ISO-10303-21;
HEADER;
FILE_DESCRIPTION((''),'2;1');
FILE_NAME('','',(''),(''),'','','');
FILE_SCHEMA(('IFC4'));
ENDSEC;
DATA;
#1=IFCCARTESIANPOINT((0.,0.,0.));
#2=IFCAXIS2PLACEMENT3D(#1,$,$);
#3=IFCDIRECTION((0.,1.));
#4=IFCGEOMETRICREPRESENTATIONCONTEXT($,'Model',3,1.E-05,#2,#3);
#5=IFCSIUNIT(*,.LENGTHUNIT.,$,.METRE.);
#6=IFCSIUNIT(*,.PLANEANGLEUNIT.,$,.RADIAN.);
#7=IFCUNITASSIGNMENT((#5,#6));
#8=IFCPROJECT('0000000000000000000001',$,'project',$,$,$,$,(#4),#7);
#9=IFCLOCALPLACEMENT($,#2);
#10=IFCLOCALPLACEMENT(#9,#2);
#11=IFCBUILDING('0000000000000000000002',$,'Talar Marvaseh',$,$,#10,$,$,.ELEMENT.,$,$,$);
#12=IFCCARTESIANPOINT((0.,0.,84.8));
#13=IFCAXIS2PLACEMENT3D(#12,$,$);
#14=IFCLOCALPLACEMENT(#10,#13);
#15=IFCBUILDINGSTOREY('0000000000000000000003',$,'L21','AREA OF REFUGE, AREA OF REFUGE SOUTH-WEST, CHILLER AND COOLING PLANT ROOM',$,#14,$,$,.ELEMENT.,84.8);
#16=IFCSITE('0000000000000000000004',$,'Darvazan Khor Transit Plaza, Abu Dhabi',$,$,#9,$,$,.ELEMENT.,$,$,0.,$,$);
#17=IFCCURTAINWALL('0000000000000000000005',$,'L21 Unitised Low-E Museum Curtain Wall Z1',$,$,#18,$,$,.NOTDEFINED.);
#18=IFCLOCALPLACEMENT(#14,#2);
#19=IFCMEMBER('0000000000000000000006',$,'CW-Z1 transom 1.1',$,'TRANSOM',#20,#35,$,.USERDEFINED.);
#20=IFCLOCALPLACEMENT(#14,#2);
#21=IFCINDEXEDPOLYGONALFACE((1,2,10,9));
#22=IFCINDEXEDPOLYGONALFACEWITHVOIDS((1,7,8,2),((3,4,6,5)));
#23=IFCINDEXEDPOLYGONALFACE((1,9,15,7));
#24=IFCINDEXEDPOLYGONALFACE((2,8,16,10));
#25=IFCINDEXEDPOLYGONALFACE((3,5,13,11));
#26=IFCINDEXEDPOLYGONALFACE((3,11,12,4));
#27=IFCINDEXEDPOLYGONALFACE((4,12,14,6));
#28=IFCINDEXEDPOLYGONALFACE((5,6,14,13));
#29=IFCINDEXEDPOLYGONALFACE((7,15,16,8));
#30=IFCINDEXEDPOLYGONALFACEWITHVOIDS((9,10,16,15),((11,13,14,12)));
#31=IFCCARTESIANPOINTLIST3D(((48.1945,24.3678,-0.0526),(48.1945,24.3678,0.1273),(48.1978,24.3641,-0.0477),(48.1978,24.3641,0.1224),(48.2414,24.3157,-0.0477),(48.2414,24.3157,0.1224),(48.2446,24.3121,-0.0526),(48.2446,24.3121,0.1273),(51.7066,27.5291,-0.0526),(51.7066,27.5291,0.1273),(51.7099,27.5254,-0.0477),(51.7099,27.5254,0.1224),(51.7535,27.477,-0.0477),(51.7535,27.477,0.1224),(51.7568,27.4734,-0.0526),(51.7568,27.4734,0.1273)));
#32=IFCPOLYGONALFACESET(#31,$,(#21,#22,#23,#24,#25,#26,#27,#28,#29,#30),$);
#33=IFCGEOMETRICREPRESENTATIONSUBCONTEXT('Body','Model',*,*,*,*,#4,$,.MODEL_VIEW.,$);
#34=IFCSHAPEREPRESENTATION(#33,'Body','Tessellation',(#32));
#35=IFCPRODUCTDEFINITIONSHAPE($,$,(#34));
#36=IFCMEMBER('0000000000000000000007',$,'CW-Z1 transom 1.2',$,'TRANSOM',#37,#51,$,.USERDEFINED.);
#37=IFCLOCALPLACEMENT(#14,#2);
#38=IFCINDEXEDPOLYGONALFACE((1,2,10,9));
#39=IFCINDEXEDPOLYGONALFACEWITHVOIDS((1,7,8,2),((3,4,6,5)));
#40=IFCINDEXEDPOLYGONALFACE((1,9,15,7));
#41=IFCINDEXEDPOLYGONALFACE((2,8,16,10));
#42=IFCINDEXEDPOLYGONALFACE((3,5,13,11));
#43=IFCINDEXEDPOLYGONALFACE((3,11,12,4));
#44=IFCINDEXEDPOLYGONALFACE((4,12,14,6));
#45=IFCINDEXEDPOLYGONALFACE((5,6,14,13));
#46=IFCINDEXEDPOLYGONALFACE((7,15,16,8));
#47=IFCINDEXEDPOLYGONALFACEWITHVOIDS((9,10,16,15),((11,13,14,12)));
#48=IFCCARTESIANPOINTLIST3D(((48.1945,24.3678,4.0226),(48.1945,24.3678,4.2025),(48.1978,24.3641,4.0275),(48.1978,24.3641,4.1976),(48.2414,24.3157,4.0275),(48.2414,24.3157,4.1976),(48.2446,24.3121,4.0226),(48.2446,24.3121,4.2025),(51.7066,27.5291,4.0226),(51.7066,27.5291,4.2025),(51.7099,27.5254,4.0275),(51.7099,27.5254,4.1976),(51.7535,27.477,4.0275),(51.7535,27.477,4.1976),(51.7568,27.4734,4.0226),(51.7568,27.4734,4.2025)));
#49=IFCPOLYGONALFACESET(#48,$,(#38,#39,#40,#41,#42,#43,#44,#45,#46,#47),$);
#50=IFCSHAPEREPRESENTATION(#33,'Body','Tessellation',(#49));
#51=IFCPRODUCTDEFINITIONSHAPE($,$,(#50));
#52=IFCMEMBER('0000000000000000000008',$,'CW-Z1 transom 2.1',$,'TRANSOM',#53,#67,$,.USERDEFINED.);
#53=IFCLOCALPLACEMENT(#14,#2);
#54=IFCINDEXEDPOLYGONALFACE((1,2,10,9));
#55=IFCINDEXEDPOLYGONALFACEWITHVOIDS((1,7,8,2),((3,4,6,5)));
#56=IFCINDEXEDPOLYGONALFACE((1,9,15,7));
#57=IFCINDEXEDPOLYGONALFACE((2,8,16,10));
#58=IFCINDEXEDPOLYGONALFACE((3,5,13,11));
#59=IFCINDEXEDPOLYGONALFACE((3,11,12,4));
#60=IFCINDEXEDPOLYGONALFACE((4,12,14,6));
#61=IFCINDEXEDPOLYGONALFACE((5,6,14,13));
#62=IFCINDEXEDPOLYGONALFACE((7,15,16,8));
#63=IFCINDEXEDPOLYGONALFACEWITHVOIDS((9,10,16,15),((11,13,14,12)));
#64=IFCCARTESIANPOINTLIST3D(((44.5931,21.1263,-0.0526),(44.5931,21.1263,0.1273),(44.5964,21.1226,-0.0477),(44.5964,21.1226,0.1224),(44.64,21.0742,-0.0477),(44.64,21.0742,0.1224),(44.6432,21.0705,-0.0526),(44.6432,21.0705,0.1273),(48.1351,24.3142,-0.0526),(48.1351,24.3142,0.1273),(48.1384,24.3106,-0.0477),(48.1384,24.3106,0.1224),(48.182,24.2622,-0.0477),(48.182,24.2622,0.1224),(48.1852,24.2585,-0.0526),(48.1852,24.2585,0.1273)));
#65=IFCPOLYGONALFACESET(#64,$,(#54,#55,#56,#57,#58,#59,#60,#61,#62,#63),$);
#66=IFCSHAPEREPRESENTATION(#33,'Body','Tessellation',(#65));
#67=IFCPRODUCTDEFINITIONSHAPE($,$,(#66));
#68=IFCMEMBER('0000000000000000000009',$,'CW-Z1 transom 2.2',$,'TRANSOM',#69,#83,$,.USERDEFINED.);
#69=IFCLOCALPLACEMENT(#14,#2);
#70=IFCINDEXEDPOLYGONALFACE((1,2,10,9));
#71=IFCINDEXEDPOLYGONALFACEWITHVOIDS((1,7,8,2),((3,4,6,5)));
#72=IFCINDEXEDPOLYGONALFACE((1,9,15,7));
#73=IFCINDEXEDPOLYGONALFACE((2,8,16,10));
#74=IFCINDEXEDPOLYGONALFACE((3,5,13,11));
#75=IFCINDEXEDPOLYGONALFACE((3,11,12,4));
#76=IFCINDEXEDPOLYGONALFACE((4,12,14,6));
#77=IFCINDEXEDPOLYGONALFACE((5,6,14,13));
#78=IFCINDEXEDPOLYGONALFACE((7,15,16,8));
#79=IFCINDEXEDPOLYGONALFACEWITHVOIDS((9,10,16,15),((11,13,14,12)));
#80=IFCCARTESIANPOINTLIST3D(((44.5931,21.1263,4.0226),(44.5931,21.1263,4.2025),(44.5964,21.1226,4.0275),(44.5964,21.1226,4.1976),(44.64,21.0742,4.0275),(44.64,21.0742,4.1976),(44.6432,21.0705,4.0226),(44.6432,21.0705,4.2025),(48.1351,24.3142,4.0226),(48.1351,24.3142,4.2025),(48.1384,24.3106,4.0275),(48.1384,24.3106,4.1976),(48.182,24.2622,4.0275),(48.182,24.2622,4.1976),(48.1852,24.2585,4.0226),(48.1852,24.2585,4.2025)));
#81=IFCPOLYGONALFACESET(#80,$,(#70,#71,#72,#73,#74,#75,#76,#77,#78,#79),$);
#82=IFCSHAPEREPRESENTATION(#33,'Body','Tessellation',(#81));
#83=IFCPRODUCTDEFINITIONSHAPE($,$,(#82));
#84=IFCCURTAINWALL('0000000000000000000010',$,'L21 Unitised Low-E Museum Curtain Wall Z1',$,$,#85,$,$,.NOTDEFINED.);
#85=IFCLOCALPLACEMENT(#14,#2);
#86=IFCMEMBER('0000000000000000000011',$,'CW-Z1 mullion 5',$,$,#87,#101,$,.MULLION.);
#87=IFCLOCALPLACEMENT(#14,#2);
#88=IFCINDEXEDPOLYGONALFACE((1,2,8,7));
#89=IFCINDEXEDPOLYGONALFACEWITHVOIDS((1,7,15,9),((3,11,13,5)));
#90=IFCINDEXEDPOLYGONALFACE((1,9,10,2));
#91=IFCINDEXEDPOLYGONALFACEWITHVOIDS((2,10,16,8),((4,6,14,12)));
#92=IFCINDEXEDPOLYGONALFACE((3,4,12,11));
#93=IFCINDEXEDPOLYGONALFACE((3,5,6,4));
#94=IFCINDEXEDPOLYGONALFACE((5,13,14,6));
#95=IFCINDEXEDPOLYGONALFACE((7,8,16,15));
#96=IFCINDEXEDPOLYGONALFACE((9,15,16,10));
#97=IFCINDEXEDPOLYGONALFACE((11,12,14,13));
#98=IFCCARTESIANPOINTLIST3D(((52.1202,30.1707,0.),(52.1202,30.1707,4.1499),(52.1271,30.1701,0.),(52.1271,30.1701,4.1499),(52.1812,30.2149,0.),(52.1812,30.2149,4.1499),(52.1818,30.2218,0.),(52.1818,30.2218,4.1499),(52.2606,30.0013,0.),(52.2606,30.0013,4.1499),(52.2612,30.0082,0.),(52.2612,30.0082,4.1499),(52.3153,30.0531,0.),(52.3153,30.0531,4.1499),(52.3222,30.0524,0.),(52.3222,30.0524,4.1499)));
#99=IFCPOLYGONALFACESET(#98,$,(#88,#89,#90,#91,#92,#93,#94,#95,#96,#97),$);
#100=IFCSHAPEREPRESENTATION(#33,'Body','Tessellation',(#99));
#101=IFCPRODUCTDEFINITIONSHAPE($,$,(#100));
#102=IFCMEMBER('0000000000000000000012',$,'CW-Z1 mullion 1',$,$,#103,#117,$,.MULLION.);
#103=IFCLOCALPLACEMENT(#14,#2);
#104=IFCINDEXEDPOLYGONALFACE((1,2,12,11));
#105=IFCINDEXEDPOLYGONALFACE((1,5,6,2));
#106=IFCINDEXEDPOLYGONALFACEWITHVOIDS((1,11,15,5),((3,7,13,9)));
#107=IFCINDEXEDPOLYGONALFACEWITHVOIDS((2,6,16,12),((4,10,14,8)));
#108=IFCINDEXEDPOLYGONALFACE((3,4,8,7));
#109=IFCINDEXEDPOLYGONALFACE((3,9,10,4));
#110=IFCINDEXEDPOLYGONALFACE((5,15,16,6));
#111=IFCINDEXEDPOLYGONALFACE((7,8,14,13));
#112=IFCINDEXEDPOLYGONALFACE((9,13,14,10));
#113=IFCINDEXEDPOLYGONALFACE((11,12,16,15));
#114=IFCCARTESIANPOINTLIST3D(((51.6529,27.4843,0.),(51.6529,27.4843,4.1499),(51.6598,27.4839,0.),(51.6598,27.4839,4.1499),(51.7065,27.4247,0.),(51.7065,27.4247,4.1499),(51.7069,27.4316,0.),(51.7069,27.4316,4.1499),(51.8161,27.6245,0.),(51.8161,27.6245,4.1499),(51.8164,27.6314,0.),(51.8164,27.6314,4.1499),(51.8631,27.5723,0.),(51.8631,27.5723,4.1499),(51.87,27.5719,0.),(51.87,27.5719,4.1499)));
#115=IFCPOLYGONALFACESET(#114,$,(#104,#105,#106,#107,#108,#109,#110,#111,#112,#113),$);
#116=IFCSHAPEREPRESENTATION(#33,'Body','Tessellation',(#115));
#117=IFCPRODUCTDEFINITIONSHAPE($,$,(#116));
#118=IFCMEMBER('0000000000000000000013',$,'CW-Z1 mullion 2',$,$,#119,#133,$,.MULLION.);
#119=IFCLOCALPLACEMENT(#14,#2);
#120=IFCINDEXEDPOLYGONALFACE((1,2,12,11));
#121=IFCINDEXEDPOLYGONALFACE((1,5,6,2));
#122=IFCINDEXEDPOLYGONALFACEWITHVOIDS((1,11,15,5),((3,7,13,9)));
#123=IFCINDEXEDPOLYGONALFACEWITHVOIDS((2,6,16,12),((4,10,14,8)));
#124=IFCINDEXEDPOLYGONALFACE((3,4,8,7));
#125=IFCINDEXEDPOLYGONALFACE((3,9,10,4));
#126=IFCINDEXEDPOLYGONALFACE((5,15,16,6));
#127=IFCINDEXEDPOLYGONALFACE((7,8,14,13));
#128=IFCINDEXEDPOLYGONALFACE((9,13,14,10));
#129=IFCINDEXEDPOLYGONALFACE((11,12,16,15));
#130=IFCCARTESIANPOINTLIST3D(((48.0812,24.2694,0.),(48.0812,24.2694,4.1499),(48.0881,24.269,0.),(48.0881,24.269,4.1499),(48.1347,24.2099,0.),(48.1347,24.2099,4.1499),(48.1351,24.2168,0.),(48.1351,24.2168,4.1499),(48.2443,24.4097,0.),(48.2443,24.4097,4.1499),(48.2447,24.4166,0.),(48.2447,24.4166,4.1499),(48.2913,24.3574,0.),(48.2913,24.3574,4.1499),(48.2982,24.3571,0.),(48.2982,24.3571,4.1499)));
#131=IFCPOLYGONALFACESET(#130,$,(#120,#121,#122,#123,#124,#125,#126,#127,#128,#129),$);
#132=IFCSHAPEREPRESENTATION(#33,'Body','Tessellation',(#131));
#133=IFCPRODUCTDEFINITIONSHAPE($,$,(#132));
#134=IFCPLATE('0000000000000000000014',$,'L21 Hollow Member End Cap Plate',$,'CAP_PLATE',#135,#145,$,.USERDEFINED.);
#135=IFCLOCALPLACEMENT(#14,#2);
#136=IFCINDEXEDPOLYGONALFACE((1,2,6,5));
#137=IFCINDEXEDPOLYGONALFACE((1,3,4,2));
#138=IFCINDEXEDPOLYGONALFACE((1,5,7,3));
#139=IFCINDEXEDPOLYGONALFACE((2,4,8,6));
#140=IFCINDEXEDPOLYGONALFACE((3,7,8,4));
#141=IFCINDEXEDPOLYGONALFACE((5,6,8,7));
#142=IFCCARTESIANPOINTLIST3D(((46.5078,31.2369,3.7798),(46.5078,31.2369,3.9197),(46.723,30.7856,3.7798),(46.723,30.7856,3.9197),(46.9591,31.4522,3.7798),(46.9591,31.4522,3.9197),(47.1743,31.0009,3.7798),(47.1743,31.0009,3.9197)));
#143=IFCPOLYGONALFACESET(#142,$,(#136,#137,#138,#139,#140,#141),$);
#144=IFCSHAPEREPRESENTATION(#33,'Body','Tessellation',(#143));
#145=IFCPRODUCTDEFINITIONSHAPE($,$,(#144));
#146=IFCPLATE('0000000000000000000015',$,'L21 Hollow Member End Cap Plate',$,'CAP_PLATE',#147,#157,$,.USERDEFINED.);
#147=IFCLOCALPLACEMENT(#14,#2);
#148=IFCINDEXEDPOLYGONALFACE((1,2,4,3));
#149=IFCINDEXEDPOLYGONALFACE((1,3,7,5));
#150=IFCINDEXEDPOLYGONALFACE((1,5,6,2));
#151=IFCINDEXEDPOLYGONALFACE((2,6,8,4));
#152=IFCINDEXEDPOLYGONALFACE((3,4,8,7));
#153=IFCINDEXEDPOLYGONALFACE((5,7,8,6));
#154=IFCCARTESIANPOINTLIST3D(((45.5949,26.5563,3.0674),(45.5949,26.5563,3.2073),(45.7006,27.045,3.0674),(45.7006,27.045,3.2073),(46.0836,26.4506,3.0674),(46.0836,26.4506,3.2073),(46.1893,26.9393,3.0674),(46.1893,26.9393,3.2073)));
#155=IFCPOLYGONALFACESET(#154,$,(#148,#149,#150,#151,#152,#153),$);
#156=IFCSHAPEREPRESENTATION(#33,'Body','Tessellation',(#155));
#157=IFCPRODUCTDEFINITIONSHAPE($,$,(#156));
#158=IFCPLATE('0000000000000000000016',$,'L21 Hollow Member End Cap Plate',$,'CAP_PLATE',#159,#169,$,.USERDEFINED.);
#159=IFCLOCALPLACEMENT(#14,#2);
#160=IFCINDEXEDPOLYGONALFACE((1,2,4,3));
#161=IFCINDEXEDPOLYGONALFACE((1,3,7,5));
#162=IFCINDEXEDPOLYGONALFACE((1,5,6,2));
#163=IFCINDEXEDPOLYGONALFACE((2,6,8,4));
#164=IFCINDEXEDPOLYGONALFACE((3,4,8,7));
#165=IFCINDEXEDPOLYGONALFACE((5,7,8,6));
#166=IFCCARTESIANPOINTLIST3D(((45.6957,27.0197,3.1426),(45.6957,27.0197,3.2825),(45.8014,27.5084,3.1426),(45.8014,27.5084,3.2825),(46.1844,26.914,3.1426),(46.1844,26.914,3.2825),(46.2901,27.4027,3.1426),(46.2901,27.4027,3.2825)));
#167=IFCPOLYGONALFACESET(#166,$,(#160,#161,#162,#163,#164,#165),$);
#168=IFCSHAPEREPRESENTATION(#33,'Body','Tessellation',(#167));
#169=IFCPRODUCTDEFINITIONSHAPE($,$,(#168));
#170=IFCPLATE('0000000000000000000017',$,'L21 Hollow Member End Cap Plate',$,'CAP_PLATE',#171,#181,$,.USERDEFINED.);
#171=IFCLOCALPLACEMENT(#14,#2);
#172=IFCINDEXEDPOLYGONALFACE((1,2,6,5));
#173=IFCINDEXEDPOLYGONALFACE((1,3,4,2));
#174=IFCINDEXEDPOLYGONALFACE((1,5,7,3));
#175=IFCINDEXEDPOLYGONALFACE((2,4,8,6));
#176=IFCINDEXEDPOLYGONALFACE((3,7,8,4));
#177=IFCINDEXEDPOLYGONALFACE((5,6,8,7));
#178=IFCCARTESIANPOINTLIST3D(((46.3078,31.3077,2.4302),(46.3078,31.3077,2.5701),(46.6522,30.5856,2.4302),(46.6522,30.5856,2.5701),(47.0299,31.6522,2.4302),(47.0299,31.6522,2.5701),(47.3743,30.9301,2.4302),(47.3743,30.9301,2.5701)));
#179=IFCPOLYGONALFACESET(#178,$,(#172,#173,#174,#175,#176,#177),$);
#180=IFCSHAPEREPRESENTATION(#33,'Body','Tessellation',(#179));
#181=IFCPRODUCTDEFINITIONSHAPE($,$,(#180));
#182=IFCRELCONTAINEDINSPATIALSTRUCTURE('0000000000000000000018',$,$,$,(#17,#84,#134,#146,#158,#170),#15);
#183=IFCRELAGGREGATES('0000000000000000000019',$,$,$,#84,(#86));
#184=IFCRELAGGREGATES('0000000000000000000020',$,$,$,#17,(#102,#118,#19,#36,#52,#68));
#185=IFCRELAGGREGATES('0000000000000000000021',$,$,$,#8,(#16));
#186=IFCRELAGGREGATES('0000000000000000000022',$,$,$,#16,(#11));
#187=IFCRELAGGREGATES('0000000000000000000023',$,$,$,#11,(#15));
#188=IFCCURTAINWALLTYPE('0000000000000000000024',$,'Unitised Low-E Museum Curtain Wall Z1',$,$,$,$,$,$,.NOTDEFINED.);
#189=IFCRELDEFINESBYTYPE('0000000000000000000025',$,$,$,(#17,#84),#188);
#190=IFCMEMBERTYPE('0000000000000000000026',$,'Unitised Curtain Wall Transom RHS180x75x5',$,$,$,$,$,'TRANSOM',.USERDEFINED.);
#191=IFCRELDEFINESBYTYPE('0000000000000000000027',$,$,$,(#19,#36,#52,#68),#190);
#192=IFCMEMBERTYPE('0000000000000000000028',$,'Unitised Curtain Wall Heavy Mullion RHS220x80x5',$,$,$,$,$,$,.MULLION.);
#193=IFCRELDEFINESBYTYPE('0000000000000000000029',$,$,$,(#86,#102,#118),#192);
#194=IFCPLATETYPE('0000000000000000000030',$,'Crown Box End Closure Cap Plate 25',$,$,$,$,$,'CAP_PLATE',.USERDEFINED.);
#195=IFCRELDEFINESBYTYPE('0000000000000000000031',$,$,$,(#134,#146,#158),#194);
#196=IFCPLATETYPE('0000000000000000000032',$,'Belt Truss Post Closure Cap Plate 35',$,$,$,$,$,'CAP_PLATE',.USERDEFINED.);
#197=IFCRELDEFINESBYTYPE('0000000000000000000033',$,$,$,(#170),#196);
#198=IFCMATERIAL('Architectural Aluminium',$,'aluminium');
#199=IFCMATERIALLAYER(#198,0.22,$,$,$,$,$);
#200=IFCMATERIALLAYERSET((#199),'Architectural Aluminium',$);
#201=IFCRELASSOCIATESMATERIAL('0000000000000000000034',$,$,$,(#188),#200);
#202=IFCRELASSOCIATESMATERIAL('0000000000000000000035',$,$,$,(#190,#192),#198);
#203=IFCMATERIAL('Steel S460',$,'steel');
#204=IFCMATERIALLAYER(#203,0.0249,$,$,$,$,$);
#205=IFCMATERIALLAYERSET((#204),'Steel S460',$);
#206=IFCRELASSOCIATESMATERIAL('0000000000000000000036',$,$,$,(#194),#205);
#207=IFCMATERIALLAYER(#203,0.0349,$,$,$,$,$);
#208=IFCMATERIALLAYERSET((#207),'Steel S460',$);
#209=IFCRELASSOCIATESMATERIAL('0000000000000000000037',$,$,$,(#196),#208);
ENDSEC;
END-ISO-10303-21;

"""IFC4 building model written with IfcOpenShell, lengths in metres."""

from ifc_helpers import new_model, si_unit, direction, frame, origin, origin_2d, place, context, subcontext, project, spatial, rectangle, hollow_rectangle, extrude, source, transform, mapped, material, layer, layer_set, material_profile, profile_set, type_object, type_shapes, element, aggregate, save


model = new_model("IFC4")

# Units and contexts
model_context = context("Model", 3, precision=1e-05, world=origin(), true_north=direction((0.0, 1.0)))
body_context = subcontext(model_context, "Body", "Model", "MODEL_VIEW")
ifc_project = project(units=[si_unit("LENGTHUNIT", "METRE"), si_unit("PLANEANGLEUNIT", "RADIAN")], contexts=[model_context])

# Site, building, storey
site_placement = place(None, origin())
site = spatial("IfcSite", under=ifc_project, at=site_placement, Name="Darvazan Khor Transit Plaza, Abu Dhabi", CompositionType="ELEMENT", RefElevation=0.0)
building_placement = place(site_placement, origin())
building = spatial("IfcBuilding", under=site, at=building_placement, Name="Talar Marvaseh", CompositionType="ELEMENT")
storey_placement = place(building_placement, frame((0.0, 0.0, 84.8)))
storey = spatial("IfcBuildingStorey", under=building, at=storey_placement, Name="L21", Description="AREA OF REFUGE, AREA OF REFUGE SOUTH-WEST, CHILLER AND COOLING PLANT ROOM", CompositionType="ELEMENT", Elevation=84.8)

# Shared definitions
ifc_material_1 = material(Name="Steel S460", Category="steel")

# Curtain wall, members
ifc_material_2 = material(Name="Architectural Aluminium", Category="aluminium")
ifc_layer_1 = layer(ifc_material_2, 0.22)
ifc_layer_set_1 = layer_set([ifc_layer_1], Name="Architectural Aluminium")
curtain_wall_type = type_object("IfcCurtainWallType", Name="Unitised Low-E Museum Curtain Wall Z1", PredefinedType="NOTDEFINED", material=ifc_layer_set_1)
curtain_wall_1_placement = place(storey_placement, origin())
curtain_wall_1 = element("IfcCurtainWall", 1, at=curtain_wall_1_placement, inside=storey, type_object=curtain_wall_type, Name="L21 Unitised Low-E Museum Curtain Wall Z1", PredefinedType="NOTDEFINED")
ifc_material_profile_1 = material_profile(ifc_material_2, hollow_rectangle(XDim=0.075, YDim=0.1799, WallThickness=0.0049, at=origin_2d()), Name="RHS180x75x5")
ifc_profile_set_1 = profile_set([ifc_material_profile_1], Name="Architectural Aluminium")
member_type_1 = type_object("IfcMemberType", Name="Unitised Curtain Wall Transom RHS180x75x5", ElementType="TRANSOM", PredefinedType="USERDEFINED", material=ifc_profile_set_1)
shared_shape_1 = source(origin(), body_context, "Body", "SweptSolid", [
    extrude(hollow_rectangle(XDim=0.075, YDim=0.1799, WallThickness=0.0049, at=origin_2d()), origin(), (0.0, 0.0, 1.0), 4.7253),
])
member_1_placement = place(storey_placement, frame((51.7317, 27.5012, 0.0374), z_axis=(-0.743253, -0.66901, 0.0), x_axis=(0.66901, -0.743253, 0.0)))
member_1 = element("IfcMember", 2, at=member_1_placement, type_object=member_type_1, Name="CW-Z1 transom 1.1", ObjectType="TRANSOM", PredefinedType="USERDEFINED", context=body_context, shape_type="MappedRepresentation", body=[
    mapped(shared_shape_1, transform((0.0, 0.0, 0.0), x_axis=(1.0, 0.0, 0.0), y_axis=(0.0, 1.0, 0.0), z_axis=(0.0, 0.0, 1.0), scale=1.0)),
])
member_2_placement = place(storey_placement, frame((51.7317, 27.5012, 4.1125), z_axis=(-0.743253, -0.66901, 0.0), x_axis=(0.66901, -0.743253, 0.0)))
member_2 = element("IfcMember", 3, at=member_2_placement, type_object=member_type_1, Name="CW-Z1 transom 1.2", ObjectType="TRANSOM", PredefinedType="USERDEFINED", context=body_context, shape_type="MappedRepresentation", body=[
    mapped(shared_shape_1, transform((0.0, 0.0, 0.0), x_axis=(1.0, 0.0, 0.0), y_axis=(0.0, 1.0, 0.0), z_axis=(0.0, 0.0, 1.0), scale=1.0)),
])
shared_shape_2 = source(origin(), body_context, "Body", "SweptSolid", [
    extrude(hollow_rectangle(XDim=0.075, YDim=0.1799, WallThickness=0.0049, at=origin_2d()), origin(), (0.0, 0.0, 1.0), 4.7654),
])
type_shapes(member_type_1, [shared_shape_1, shared_shape_2])
member_3_placement = place(storey_placement, frame((48.1602, 24.2864, 0.0374), z_axis=(-0.743274, -0.668987, 0.0), x_axis=(0.668987, -0.743274, 0.0)))
member_3 = element("IfcMember", 4, at=member_3_placement, type_object=member_type_1, Name="CW-Z1 transom 2.1", ObjectType="TRANSOM", PredefinedType="USERDEFINED", context=body_context, shape_type="MappedRepresentation", body=[
    mapped(shared_shape_2, transform((0.0, 0.0, 0.0), x_axis=(1.0, 0.0, 0.0), y_axis=(0.0, 1.0, 0.0), z_axis=(0.0, 0.0, 1.0), scale=1.0)),
])
member_4_placement = place(storey_placement, frame((48.1602, 24.2864, 4.1125), z_axis=(-0.743274, -0.668987, 0.0), x_axis=(0.668987, -0.743274, 0.0)))
member_4 = element("IfcMember", 5, at=member_4_placement, type_object=member_type_1, Name="CW-Z1 transom 2.2", ObjectType="TRANSOM", PredefinedType="USERDEFINED", context=body_context, shape_type="MappedRepresentation", body=[
    mapped(shared_shape_2, transform((0.0, 0.0, 0.0), x_axis=(1.0, 0.0, 0.0), y_axis=(0.0, 1.0, 0.0), z_axis=(0.0, 0.0, 1.0), scale=1.0)),
])

# Curtain wall, member
curtain_wall_2_placement = place(storey_placement, origin())
curtain_wall_2 = element("IfcCurtainWall", 6, at=curtain_wall_2_placement, inside=storey, type_object=curtain_wall_type, Name="L21 Unitised Low-E Museum Curtain Wall Z1", PredefinedType="NOTDEFINED")
ifc_material_profile_2 = material_profile(ifc_material_2, hollow_rectangle(XDim=0.0801, YDim=0.22, WallThickness=0.0049, at=origin_2d()), Name="RHS220x80x5")
ifc_profile_set_2 = profile_set([ifc_material_profile_2], Name="Architectural Aluminium")
member_type_2 = type_object("IfcMemberType", Name="Unitised Curtain Wall Heavy Mullion RHS220x80x5", PredefinedType="MULLION", material=ifc_profile_set_2)
shared_shape_3 = source(origin(), body_context, "Body", "SweptSolid", [
    extrude(hollow_rectangle(XDim=0.0801, YDim=0.22, WallThickness=0.0049, at=origin_2d()), origin(), (0.0, 0.0, 1.0), 4.1499),
])
type_shapes(member_type_2, [shared_shape_3])
member_5_placement = place(storey_placement, frame((52.2212, 30.1116, 0.0), z_axis=(0.0, 0.0, 1.0), x_axis=(0.769915, 0.638147, 0.0)))
member_5 = element("IfcMember", 7, at=member_5_placement, type_object=member_type_2, Name="CW-Z1 mullion 5", PredefinedType="MULLION", context=body_context, shape_type="MappedRepresentation", body=[
    mapped(shared_shape_3, transform((0.0, 0.0, 0.0), x_axis=(1.0, 0.0, 0.0), y_axis=(0.0, 1.0, 0.0), z_axis=(0.0, 0.0, 1.0), scale=1.0)),
])
aggregate(curtain_wall_2, [member_5])

# Members
member_6_placement = place(storey_placement, frame((51.7615, 27.5281, 0.0), z_axis=(0.0, 0.0, 1.0), x_axis=(0.669016, -0.743248, 0.0)))
member_6 = element("IfcMember", 8, at=member_6_placement, type_object=member_type_2, Name="CW-Z1 mullion 1", PredefinedType="MULLION", context=body_context, shape_type="MappedRepresentation", body=[
    mapped(shared_shape_3, transform((0.0, 0.0, 0.0), x_axis=(1.0, 0.0, 0.0), y_axis=(0.0, 1.0, 0.0), z_axis=(0.0, 0.0, 1.0), scale=1.0)),
])
member_7_placement = place(storey_placement, frame((48.1897, 24.3132, 0.0), z_axis=(0.0, 0.0, 1.0), x_axis=(0.669016, -0.743248, 0.0)))
member_7 = element("IfcMember", 9, at=member_7_placement, type_object=member_type_2, Name="CW-Z1 mullion 2", PredefinedType="MULLION", context=body_context, shape_type="MappedRepresentation", body=[
    mapped(shared_shape_3, transform((0.0, 0.0, 0.0), x_axis=(1.0, 0.0, 0.0), y_axis=(0.0, 1.0, 0.0), z_axis=(0.0, 0.0, 1.0), scale=1.0)),
])

# Plates
ifc_layer_2 = layer(ifc_material_1, 0.0249)
ifc_layer_set_2 = layer_set([ifc_layer_2], Name="Steel S460")
plate_type_1 = type_object("IfcPlateType", Name="Crown Box End Closure Cap Plate 25", ElementType="CAP_PLATE", PredefinedType="USERDEFINED", material=ifc_layer_set_2)
shared_shape_4 = source(origin(), body_context, "Body", "SweptSolid", [
    extrude(rectangle(XDim=0.5, YDim=0.5, at=origin_2d()), origin(), (0.0, 0.0, 1.0), 0.1399),
])
type_shapes(plate_type_1, [shared_shape_4])
for number, where, z_axis, x_axis, name in (
    (10, (46.8411, 31.1189, 3.7798), (0.0, 0.0, 1.0), (0.430511, -0.902585, 0.0), "L21 Hollow Member End Cap Plate"),
    (11, (45.8921, 26.7478, 3.0674), (0.0, 0.0, 1.0), (0.211325, 0.977416, 0.0), "L21 Hollow Member End Cap Plate"),
    (12, (45.9929, 27.2112, 3.1426), (0.0, 0.0, 1.0), (0.211325, 0.977416, 0.0), "L21 Hollow Member End Cap Plate"),
):
    element("IfcPlate", number, at=place(storey_placement, frame(where, z_axis=z_axis, x_axis=x_axis)), inside=storey, type_object=plate_type_1, Name=name, ObjectType="CAP_PLATE", PredefinedType="USERDEFINED", context=body_context, shape_type="MappedRepresentation", body=[
        mapped(shared_shape_4, transform((0.0, 0.0, 0.0), x_axis=(1.0, 0.0, 0.0), y_axis=(0.0, 1.0, 0.0), z_axis=(0.0, 0.0, 1.0), scale=1.0)),
    ])
ifc_layer_3 = layer(ifc_material_1, 0.0349)
ifc_layer_set_3 = layer_set([ifc_layer_3], Name="Steel S460")
plate_type_2 = type_object("IfcPlateType", Name="Belt Truss Post Closure Cap Plate 35", ElementType="CAP_PLATE", PredefinedType="USERDEFINED", material=ifc_layer_set_3)
shared_shape_5 = source(origin(), body_context, "Body", "SweptSolid", [
    extrude(rectangle(XDim=0.8, YDim=0.8, at=origin_2d()), origin(), (0.0, 0.0, 1.0), 0.1399),
])
plate_1_placement = place(storey_placement, frame((46.8411, 31.1189, 2.4302), z_axis=(0.0, 0.0, 1.0), x_axis=(0.430511, -0.902585, 0.0)))
element("IfcPlate", 13, at=plate_1_placement, inside=storey, type_object=plate_type_2, Name="L21 Hollow Member End Cap Plate", ObjectType="CAP_PLATE", PredefinedType="USERDEFINED", context=body_context, shape_type="MappedRepresentation", body=[
    mapped(shared_shape_5, transform((0.0, 0.0, 0.0), x_axis=(1.0, 0.0, 0.0), y_axis=(0.0, 1.0, 0.0), z_axis=(0.0, 0.0, 1.0), scale=1.0)),
])

aggregate(curtain_wall_1, [member_6, member_7, member_1, member_2, member_3, member_4])

save(model, "model.ifc")
